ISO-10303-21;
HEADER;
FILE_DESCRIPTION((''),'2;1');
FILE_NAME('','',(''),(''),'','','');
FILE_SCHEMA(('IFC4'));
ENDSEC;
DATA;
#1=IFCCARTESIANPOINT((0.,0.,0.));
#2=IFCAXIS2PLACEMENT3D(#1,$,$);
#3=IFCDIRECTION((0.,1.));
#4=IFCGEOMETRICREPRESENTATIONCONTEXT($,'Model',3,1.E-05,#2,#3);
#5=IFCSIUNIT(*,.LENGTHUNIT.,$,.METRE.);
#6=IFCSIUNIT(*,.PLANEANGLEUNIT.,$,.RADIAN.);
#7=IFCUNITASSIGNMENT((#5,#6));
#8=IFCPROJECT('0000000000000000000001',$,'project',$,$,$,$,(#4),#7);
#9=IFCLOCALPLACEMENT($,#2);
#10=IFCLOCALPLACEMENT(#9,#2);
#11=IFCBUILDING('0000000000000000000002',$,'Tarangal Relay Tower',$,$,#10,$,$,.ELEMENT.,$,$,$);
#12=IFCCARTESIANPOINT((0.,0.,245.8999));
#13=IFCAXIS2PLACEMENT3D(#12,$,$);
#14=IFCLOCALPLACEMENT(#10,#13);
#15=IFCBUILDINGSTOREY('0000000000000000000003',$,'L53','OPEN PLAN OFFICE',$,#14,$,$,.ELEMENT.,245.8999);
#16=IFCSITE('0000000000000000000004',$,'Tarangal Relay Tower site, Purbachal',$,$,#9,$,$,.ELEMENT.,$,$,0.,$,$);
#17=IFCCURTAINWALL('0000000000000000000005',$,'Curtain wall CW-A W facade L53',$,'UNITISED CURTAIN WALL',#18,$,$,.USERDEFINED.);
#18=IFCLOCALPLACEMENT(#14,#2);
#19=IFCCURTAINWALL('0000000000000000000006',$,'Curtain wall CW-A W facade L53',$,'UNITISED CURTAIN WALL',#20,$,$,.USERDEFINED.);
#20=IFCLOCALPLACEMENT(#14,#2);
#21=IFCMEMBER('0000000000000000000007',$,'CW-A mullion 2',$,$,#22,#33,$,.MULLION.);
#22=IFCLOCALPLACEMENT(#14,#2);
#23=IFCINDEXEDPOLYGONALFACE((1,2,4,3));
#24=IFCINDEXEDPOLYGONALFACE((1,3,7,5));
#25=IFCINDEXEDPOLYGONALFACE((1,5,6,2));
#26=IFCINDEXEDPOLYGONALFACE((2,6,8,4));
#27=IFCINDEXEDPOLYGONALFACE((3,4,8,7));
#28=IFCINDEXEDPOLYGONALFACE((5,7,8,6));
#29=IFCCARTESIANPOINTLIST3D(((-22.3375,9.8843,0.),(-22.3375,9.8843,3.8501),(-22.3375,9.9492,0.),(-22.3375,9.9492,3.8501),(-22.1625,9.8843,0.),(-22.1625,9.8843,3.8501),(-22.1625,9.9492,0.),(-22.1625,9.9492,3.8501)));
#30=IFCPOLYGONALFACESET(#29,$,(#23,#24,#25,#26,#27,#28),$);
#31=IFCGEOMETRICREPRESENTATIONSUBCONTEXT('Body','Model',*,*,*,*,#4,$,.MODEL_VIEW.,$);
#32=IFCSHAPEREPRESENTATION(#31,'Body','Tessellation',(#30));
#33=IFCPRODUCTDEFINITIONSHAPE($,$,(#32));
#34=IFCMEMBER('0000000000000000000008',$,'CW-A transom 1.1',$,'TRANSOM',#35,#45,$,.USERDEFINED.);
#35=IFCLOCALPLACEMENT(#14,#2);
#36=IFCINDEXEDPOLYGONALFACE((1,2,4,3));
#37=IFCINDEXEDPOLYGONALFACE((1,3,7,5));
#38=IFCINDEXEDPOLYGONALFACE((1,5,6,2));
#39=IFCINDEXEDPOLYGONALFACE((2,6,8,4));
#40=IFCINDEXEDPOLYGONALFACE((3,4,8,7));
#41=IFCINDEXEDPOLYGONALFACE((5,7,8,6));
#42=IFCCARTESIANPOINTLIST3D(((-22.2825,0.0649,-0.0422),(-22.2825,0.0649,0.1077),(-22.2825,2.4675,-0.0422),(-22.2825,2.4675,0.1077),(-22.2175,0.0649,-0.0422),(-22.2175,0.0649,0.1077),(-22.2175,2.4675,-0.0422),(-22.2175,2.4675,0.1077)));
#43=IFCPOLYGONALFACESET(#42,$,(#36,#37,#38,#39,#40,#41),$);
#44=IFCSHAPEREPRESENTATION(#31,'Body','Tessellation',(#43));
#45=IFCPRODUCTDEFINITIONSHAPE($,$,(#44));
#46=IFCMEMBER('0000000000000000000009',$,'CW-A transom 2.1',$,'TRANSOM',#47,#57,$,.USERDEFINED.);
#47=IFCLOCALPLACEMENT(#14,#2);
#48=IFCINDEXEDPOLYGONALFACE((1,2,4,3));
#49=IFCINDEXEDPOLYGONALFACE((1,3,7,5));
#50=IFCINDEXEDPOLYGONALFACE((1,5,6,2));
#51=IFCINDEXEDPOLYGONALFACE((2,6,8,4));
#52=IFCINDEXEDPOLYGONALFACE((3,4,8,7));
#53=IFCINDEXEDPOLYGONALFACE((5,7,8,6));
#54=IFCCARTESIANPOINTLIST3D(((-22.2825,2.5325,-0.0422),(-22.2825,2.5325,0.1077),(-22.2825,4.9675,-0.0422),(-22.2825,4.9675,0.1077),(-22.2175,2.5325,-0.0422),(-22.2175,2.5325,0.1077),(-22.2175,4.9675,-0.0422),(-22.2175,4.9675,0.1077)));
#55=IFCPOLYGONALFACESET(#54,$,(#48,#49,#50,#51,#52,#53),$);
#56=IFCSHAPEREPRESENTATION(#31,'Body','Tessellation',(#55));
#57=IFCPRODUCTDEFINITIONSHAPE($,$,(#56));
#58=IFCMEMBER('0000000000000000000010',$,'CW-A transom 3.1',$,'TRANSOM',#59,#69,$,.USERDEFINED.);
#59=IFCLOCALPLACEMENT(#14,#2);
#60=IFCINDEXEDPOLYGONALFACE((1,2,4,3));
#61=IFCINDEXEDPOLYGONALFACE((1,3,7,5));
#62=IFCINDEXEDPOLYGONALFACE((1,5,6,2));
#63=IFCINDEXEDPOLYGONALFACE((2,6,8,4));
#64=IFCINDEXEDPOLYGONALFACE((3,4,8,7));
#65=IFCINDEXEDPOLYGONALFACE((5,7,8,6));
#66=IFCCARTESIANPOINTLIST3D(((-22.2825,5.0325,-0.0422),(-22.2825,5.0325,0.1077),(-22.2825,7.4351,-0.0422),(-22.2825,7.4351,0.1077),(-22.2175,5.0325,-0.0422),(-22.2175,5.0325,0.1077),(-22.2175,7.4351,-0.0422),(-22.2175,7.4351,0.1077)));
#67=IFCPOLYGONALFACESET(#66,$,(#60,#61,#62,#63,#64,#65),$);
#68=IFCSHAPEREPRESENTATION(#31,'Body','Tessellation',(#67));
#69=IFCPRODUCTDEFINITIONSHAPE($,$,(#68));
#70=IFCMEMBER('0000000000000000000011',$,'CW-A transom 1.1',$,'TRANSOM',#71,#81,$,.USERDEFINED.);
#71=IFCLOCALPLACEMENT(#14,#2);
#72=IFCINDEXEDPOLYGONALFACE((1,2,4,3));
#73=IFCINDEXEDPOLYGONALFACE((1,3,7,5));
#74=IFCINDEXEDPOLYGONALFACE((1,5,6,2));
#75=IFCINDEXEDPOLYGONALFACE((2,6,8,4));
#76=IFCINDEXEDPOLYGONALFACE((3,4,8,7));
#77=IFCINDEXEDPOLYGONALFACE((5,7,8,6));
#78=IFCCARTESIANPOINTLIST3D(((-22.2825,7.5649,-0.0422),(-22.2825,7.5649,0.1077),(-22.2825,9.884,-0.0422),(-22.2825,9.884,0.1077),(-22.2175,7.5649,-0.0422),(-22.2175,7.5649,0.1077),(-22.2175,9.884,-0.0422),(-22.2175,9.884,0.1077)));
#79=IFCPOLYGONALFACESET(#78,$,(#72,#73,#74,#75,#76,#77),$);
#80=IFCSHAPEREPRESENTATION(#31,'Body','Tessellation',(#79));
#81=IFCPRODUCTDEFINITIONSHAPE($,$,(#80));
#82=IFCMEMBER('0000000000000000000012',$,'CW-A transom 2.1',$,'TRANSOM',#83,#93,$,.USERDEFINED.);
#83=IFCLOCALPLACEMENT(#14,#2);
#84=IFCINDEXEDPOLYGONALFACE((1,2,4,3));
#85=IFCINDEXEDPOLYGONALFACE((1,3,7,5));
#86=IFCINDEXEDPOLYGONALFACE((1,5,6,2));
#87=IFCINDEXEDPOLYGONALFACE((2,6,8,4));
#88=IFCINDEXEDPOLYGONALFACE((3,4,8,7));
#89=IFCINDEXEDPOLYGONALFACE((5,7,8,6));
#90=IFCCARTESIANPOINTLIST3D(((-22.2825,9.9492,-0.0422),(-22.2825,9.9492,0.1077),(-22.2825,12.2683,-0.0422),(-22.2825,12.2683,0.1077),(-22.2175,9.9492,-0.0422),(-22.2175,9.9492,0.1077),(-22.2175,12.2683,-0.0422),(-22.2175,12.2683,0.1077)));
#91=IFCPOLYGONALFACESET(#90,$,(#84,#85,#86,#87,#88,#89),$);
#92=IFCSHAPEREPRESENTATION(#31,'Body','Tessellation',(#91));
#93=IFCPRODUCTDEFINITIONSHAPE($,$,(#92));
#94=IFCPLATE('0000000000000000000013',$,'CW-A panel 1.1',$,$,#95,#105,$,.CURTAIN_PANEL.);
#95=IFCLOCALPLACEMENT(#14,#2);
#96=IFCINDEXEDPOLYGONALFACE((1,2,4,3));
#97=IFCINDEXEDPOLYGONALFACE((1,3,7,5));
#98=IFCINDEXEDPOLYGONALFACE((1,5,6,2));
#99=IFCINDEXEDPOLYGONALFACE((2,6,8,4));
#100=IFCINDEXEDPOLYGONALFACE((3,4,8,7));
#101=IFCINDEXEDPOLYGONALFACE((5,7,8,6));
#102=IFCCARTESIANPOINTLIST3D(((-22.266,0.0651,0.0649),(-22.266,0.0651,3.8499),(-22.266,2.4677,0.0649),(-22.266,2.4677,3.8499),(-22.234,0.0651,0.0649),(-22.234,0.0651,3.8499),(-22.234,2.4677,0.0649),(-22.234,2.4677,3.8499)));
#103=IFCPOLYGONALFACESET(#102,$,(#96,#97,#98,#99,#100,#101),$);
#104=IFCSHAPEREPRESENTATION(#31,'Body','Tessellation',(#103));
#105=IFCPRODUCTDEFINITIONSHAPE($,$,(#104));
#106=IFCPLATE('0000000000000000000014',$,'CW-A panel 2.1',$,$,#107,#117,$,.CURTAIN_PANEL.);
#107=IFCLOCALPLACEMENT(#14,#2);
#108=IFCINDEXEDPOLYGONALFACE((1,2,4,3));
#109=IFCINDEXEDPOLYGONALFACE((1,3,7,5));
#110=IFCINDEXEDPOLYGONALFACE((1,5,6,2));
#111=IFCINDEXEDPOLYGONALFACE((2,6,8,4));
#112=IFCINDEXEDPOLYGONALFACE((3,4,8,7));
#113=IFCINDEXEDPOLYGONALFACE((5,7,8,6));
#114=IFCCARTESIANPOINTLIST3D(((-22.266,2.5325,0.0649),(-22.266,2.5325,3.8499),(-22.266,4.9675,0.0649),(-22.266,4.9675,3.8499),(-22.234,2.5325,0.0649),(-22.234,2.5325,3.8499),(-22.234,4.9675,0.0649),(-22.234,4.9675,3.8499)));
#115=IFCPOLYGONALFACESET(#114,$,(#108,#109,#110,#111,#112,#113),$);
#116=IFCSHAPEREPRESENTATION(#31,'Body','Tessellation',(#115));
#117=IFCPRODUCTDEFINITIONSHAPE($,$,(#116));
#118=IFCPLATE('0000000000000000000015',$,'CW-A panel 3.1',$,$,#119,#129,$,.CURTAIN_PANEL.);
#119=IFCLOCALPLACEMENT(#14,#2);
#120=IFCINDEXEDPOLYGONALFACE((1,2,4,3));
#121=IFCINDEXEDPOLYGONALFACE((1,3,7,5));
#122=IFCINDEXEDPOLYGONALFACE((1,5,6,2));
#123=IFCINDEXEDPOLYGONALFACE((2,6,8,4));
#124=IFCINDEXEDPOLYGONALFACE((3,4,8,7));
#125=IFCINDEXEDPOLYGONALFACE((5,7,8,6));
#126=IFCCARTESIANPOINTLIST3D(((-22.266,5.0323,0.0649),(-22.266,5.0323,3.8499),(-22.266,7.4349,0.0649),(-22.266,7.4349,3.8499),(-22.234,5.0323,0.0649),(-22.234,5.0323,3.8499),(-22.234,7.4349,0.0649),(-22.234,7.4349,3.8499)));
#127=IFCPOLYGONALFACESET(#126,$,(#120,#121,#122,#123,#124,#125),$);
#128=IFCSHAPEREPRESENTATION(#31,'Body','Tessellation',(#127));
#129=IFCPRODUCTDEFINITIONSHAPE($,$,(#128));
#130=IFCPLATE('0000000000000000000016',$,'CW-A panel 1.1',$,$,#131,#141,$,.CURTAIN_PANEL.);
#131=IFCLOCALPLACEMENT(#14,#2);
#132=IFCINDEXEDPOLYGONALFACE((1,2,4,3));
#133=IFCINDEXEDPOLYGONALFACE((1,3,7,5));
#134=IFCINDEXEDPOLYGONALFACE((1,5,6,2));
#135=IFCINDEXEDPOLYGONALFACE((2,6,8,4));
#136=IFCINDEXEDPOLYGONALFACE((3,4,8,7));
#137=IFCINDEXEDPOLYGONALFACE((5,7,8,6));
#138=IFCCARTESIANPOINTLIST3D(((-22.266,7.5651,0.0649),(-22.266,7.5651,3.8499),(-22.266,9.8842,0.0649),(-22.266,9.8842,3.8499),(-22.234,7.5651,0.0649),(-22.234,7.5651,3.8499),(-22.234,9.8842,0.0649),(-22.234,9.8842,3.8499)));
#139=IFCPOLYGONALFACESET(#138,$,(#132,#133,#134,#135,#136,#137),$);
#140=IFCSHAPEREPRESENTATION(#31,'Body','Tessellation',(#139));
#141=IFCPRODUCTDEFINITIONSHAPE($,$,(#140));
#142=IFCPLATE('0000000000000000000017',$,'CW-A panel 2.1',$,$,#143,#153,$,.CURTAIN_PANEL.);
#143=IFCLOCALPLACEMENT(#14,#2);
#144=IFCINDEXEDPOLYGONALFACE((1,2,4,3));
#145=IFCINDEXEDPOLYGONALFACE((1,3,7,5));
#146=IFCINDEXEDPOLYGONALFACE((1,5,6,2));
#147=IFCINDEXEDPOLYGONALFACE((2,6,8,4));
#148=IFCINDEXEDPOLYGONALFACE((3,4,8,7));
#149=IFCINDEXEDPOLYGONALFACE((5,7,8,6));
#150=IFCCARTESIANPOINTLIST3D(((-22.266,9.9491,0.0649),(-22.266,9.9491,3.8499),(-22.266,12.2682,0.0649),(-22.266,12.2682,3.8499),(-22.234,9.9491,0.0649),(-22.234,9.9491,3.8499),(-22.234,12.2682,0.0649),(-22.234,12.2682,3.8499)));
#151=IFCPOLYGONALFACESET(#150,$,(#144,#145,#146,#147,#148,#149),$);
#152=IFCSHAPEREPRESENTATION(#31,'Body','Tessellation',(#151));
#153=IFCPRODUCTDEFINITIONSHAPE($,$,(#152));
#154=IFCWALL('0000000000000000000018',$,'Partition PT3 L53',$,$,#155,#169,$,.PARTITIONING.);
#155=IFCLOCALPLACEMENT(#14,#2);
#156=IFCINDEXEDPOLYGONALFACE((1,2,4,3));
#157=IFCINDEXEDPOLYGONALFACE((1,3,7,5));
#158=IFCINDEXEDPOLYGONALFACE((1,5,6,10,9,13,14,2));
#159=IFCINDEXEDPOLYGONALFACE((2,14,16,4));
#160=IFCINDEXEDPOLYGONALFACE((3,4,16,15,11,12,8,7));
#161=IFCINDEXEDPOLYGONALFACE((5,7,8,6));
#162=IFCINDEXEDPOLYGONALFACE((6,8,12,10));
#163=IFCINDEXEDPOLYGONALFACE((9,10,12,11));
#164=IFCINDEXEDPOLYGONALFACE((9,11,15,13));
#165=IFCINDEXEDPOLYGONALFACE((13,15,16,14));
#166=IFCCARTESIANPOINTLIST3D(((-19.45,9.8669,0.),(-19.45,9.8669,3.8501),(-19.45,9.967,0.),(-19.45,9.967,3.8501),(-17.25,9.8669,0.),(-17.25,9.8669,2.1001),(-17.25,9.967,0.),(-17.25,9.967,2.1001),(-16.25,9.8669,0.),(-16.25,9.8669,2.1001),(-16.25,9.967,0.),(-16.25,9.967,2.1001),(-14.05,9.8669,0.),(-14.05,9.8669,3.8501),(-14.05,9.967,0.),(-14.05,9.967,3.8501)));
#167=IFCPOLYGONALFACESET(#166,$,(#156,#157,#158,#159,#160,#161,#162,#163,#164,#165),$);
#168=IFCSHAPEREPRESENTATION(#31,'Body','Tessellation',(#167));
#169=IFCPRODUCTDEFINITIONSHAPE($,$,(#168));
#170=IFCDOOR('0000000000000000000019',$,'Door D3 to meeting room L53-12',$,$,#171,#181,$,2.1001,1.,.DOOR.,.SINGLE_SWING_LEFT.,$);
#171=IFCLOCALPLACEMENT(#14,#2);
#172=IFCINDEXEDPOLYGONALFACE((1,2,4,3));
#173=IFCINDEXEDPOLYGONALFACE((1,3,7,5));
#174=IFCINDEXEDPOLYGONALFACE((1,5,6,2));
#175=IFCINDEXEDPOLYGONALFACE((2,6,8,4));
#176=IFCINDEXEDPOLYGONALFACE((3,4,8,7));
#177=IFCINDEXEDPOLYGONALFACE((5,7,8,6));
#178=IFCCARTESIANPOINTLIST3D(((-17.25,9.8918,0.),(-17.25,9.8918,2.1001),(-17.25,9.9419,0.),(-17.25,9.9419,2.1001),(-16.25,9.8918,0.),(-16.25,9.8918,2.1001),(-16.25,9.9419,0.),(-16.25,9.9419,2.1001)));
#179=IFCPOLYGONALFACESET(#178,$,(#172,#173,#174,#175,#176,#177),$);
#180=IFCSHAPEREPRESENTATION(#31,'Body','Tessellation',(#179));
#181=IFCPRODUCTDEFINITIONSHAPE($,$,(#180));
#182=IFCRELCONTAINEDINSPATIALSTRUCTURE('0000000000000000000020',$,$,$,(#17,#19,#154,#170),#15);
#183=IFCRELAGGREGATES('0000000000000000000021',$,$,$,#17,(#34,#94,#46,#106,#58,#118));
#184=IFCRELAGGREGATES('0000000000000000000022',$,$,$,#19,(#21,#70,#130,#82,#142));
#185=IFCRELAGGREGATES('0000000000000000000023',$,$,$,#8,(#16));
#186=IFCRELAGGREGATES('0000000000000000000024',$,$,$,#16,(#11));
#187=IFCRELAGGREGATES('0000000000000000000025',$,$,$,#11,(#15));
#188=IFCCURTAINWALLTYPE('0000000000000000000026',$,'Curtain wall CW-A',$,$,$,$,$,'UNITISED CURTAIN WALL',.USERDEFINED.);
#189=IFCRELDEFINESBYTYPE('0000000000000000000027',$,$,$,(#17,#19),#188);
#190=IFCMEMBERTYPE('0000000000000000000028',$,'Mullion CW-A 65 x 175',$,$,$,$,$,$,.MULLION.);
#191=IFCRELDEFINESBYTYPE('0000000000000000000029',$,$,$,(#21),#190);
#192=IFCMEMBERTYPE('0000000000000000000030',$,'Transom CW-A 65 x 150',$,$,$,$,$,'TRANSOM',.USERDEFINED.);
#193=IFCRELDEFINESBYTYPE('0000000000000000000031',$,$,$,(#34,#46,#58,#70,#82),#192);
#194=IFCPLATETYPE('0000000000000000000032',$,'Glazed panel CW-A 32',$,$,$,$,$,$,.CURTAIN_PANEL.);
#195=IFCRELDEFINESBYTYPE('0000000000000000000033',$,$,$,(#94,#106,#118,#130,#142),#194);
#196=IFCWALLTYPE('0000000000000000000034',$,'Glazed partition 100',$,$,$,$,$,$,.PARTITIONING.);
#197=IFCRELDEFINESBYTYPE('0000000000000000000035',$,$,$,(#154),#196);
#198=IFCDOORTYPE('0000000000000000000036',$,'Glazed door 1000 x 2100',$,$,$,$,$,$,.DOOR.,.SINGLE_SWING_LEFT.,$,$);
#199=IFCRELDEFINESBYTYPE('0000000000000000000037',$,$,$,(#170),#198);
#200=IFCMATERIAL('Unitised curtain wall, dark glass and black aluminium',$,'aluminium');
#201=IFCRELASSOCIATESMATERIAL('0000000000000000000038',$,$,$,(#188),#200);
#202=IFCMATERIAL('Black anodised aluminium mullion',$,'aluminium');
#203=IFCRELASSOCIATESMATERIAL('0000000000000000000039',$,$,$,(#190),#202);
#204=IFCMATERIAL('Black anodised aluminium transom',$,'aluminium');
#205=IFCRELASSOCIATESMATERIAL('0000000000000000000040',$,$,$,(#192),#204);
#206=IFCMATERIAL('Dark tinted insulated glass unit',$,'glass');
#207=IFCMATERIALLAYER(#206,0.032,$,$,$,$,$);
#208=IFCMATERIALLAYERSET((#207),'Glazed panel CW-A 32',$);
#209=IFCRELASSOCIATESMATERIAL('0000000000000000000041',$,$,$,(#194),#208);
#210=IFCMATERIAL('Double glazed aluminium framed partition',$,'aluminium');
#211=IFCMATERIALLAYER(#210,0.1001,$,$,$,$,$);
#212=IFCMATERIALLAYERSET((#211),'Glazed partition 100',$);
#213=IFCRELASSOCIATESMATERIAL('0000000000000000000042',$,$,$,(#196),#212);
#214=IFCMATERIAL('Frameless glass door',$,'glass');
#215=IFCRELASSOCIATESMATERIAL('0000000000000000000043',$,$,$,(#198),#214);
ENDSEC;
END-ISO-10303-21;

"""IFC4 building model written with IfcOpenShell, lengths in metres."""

from ifc_helpers import new_model, si_unit, direction, frame, frame_2d, origin, origin_2d, place, context, subcontext, project, spatial, rectangle, extrude, material, layer, layer_set, material_profile, profile_set, type_object, element, fill, aggregate, save


model = new_model("IFC4")

# Units and contexts
model_context = context("Model", 3, precision=1e-05, world=origin(), true_north=direction((0.0, 1.0)))
body_context = subcontext(model_context, "Body", "Model", "MODEL_VIEW")
ifc_project = project(units=[si_unit("LENGTHUNIT", "METRE"), si_unit("PLANEANGLEUNIT", "RADIAN")], contexts=[model_context])

# Site, building, storey
site_placement = place(None, origin())
site = spatial("IfcSite", under=ifc_project, at=site_placement, Name="Tarangal Relay Tower site, Purbachal", CompositionType="ELEMENT", RefElevation=0.0)
building_placement = place(site_placement, origin())
building = spatial("IfcBuilding", under=site, at=building_placement, Name="Tarangal Relay Tower", CompositionType="ELEMENT")
storey_placement = place(building_placement, frame((0.0, 0.0, 245.8999)))
storey = spatial("IfcBuildingStorey", under=building, at=storey_placement, Name="L53", Description="OPEN PLAN OFFICE", CompositionType="ELEMENT", Elevation=245.8999)

# Curtain walls, member
ifc_material_1 = material(Name="Unitised curtain wall, dark glass and black aluminium", Category="aluminium")
curtain_wall_type = type_object("IfcCurtainWallType", Name="Curtain wall CW-A", ElementType="UNITISED CURTAIN WALL", PredefinedType="USERDEFINED", material=ifc_material_1)
curtain_wall_1_placement = place(storey_placement, origin())
curtain_wall_1 = element("IfcCurtainWall", 1, at=curtain_wall_1_placement, inside=storey, type_object=curtain_wall_type, Name="Curtain wall CW-A W facade L53", ObjectType="UNITISED CURTAIN WALL", PredefinedType="USERDEFINED")
ifc_material_2 = material(Name="Black anodised aluminium mullion", Category="aluminium")
ifc_material_profile_1 = material_profile(ifc_material_2, rectangle(XDim=0.175, YDim=0.0649, at=origin_2d()), Name="CW-AM 65X175")
ifc_profile_set_1 = profile_set([ifc_material_profile_1], Name="Black anodised aluminium mullion")
member_type_1 = type_object("IfcMemberType", Name="Mullion CW-A 65 x 175", PredefinedType="MULLION", material=ifc_profile_set_1)
curtain_wall_2_placement = place(storey_placement, origin())
curtain_wall_2 = element("IfcCurtainWall", 2, at=curtain_wall_2_placement, inside=storey, type_object=curtain_wall_type, Name="Curtain wall CW-A W facade L53", ObjectType="UNITISED CURTAIN WALL", PredefinedType="USERDEFINED")
member_1_placement = place(storey_placement, frame((-22.25, 9.9167, 0.0), z_axis=(0.0, 0.0, 1.0), x_axis=(-1.0, 0.0, 0.0)))
member_1 = element("IfcMember", 3, at=member_1_placement, type_object=member_type_1, Name="CW-A mullion 2", PredefinedType="MULLION", context=body_context, shape_type="SweptSolid", body=[
    extrude(rectangle(XDim=0.175, YDim=0.0649, at=origin_2d()), origin(), (0.0, 0.0, 1.0), 3.8501),
])

# Members
ifc_material_3 = material(Name="Black anodised aluminium transom", Category="aluminium")
ifc_material_profile_2 = material_profile(ifc_material_3, rectangle(XDim=0.0649, YDim=0.1499, at=origin_2d()), Name="CW-AT 65X150")
ifc_profile_set_2 = profile_set([ifc_material_profile_2], Name="Black anodised aluminium transom")
member_type_2 = type_object("IfcMemberType", Name="Transom CW-A 65 x 150", ElementType="TRANSOM", PredefinedType="USERDEFINED", material=ifc_profile_set_2)
member_2_placement = place(storey_placement, frame((-22.25, 0.0649, 0.0327), z_axis=(0.0, 1.0, 0.0), x_axis=(-1.0, 0.0, 0.0)))
member_2 = element("IfcMember", 4, at=member_2_placement, type_object=member_type_2, Name="CW-A transom 1.1", ObjectType="TRANSOM", PredefinedType="USERDEFINED", context=body_context, shape_type="SweptSolid", body=[
    extrude(rectangle(XDim=0.0649, YDim=0.1499, at=origin_2d()), origin(), (0.0, 0.0, 1.0), 2.4026),
])
member_3_placement = place(storey_placement, frame((-22.25, 2.5325, 0.0327), z_axis=(0.0, 1.0, 0.0), x_axis=(-1.0, 0.0, 0.0)))
member_3 = element("IfcMember", 5, at=member_3_placement, type_object=member_type_2, Name="CW-A transom 2.1", ObjectType="TRANSOM", PredefinedType="USERDEFINED", context=body_context, shape_type="SweptSolid", body=[
    extrude(rectangle(XDim=0.0649, YDim=0.1499, at=origin_2d()), origin(), (0.0, 0.0, 1.0), 2.4351),
])
member_4_placement = place(storey_placement, frame((-22.25, 5.0325, 0.0327), z_axis=(0.0, 1.0, 0.0), x_axis=(-1.0, 0.0, 0.0)))
member_4 = element("IfcMember", 6, at=member_4_placement, type_object=member_type_2, Name="CW-A transom 3.1", ObjectType="TRANSOM", PredefinedType="USERDEFINED", context=body_context, shape_type="SweptSolid", body=[
    extrude(rectangle(XDim=0.0649, YDim=0.1499, at=origin_2d()), origin(), (0.0, 0.0, 1.0), 2.4026),
])
member_5_placement = place(storey_placement, frame((-22.25, 7.5649, 0.0327), z_axis=(0.0, 1.0, 0.0), x_axis=(-1.0, 0.0, 0.0)))
member_5 = element("IfcMember", 7, at=member_5_placement, type_object=member_type_2, Name="CW-A transom 1.1", ObjectType="TRANSOM", PredefinedType="USERDEFINED", context=body_context, shape_type="SweptSolid", body=[
    extrude(rectangle(XDim=0.0649, YDim=0.1499, at=origin_2d()), origin(), (0.0, 0.0, 1.0), 2.3191),
])
member_6_placement = place(storey_placement, frame((-22.25, 9.9492, 0.0327), z_axis=(0.0, 1.0, 0.0), x_axis=(-1.0, 0.0, 0.0)))
member_6 = element("IfcMember", 8, at=member_6_placement, type_object=member_type_2, Name="CW-A transom 2.1", ObjectType="TRANSOM", PredefinedType="USERDEFINED", context=body_context, shape_type="SweptSolid", body=[
    extrude(rectangle(XDim=0.0649, YDim=0.1499, at=origin_2d()), origin(), (0.0, 0.0, 1.0), 2.3191),
])

# Plates
ifc_material_4 = material(Name="Dark tinted insulated glass unit", Category="glass")
ifc_layer_1 = layer(ifc_material_4, 0.032)
ifc_layer_set_1 = layer_set([ifc_layer_1], Name="Glazed panel CW-A 32")
plate_type = type_object("IfcPlateType", Name="Glazed panel CW-A 32", PredefinedType="CURTAIN_PANEL", material=ifc_layer_set_1)
plate_1_placement = place(storey_placement, frame((-22.25, 1.2664, 0.0649), z_axis=(0.0, 0.0, 1.0), x_axis=(0.0, 1.0, 0.0)))
plate_1 = element("IfcPlate", 9, at=plate_1_placement, type_object=plate_type, Name="CW-A panel 1.1", PredefinedType="CURTAIN_PANEL", context=body_context, shape_type="SweptSolid", body=[
    extrude(rectangle(XDim=2.4026, YDim=0.032, at=origin_2d()), origin(), (0.0, 0.0, 1.0), 3.7849),
])
plate_2_placement = place(storey_placement, frame((-22.25, 3.75, 0.0649), z_axis=(0.0, 0.0, 1.0), x_axis=(0.0, 1.0, 0.0)))
plate_2 = element("IfcPlate", 10, at=plate_2_placement, type_object=plate_type, Name="CW-A panel 2.1", PredefinedType="CURTAIN_PANEL", context=body_context, shape_type="SweptSolid", body=[
    extrude(rectangle(XDim=2.4351, YDim=0.032, at=origin_2d()), origin(), (0.0, 0.0, 1.0), 3.7849),
])
plate_3_placement = place(storey_placement, frame((-22.25, 6.2336, 0.0649), z_axis=(0.0, 0.0, 1.0), x_axis=(0.0, 1.0, 0.0)))
plate_3 = element("IfcPlate", 11, at=plate_3_placement, type_object=plate_type, Name="CW-A panel 3.1", PredefinedType="CURTAIN_PANEL", context=body_context, shape_type="SweptSolid", body=[
    extrude(rectangle(XDim=2.4026, YDim=0.032, at=origin_2d()), origin(), (0.0, 0.0, 1.0), 3.7849),
])
aggregate(curtain_wall_1, [member_2, plate_1, member_3, plate_2, member_4, plate_3])
plate_4_placement = place(storey_placement, frame((-22.25, 8.7246, 0.0649), z_axis=(0.0, 0.0, 1.0), x_axis=(0.0, 1.0, 0.0)))
plate_4 = element("IfcPlate", 12, at=plate_4_placement, type_object=plate_type, Name="CW-A panel 1.1", PredefinedType="CURTAIN_PANEL", context=body_context, shape_type="SweptSolid", body=[
    extrude(rectangle(XDim=2.3191, YDim=0.032, at=origin_2d()), origin(), (0.0, 0.0, 1.0), 3.7849),
])
plate_5_placement = place(storey_placement, frame((-22.25, 11.1086, 0.0649), z_axis=(0.0, 0.0, 1.0), x_axis=(0.0, 1.0, 0.0)))
plate_5 = element("IfcPlate", 13, at=plate_5_placement, type_object=plate_type, Name="CW-A panel 2.1", PredefinedType="CURTAIN_PANEL", context=body_context, shape_type="SweptSolid", body=[
    extrude(rectangle(XDim=2.3191, YDim=0.032, at=origin_2d()), origin(), (0.0, 0.0, 1.0), 3.7849),
])
aggregate(curtain_wall_2, [member_1, member_5, plate_4, member_6, plate_5])

# Wall, opening, door
ifc_material_5 = material(Name="Double glazed aluminium framed partition", Category="aluminium")
ifc_layer_2 = layer(ifc_material_5, 0.1001)
ifc_layer_set_2 = layer_set([ifc_layer_2], Name="Glazed partition 100")
wall_type_1 = type_object("IfcWallType", Name="Glazed partition 100", PredefinedType="PARTITIONING", material=ifc_layer_set_2)
wall_1_placement = place(storey_placement, frame((-19.45, 9.917, 0.0), z_axis=(0.0, 0.0, 1.0), x_axis=(1.0, 0.0, 0.0)))
wall_1 = element("IfcWall", 14, at=wall_1_placement, inside=storey, type_object=wall_type_1, Name="Partition PT3 L53", PredefinedType="PARTITIONING", context=body_context, shape_type="SweptSolid", body=[
    extrude(rectangle(XDim=5.3999, YDim=0.1001, at=frame_2d((2.7, 0.0))), origin(), (0.0, 0.0, 1.0), 3.8501),
])
opening_1_placement = place(wall_1_placement, frame((2.2, 0.0, 0.0)))
opening_1 = element("IfcOpeningElement", 15, at=opening_1_placement, cuts=wall_1, PredefinedType="OPENING", context=body_context, shape_type="SweptSolid", body=[
    extrude(rectangle(XDim=1.0, YDim=2.1001, at=frame_2d((0.5, 1.05))), frame((0.0, 0.0601, 0.0), z_axis=(0.0, -1.0, 0.0), x_axis=(1.0, 0.0, 0.0)), (0.0, 0.0, 1.0), 0.1201),
])
ifc_material_6 = material(Name="Frameless glass door", Category="glass")
door_type_1 = type_object("IfcDoorType", Name="Glazed door 1000 x 2100", OperationType="SINGLE_SWING_LEFT", PredefinedType="DOOR", material=ifc_material_6)
door_1_placement = place(opening_1_placement, origin())
door_1 = element("IfcDoor", 16, at=door_1_placement, inside=storey, type_object=door_type_1, Name="Door D3 to meeting room L53-12", OperationType="SINGLE_SWING_LEFT", OverallHeight=2.1001, OverallWidth=1.0, PredefinedType="DOOR", context=body_context, shape_type="SweptSolid", body=[
    extrude(rectangle(XDim=1.0, YDim=2.1001, at=frame_2d((0.5, 1.05))), frame((0.0, 0.0249, 0.0), z_axis=(0.0, -1.0, 0.0), x_axis=(1.0, 0.0, 0.0)), (0.0, 0.0, 1.0), 0.05),
])
fill(opening_1, door_1)

save(model, "model.ifc")
